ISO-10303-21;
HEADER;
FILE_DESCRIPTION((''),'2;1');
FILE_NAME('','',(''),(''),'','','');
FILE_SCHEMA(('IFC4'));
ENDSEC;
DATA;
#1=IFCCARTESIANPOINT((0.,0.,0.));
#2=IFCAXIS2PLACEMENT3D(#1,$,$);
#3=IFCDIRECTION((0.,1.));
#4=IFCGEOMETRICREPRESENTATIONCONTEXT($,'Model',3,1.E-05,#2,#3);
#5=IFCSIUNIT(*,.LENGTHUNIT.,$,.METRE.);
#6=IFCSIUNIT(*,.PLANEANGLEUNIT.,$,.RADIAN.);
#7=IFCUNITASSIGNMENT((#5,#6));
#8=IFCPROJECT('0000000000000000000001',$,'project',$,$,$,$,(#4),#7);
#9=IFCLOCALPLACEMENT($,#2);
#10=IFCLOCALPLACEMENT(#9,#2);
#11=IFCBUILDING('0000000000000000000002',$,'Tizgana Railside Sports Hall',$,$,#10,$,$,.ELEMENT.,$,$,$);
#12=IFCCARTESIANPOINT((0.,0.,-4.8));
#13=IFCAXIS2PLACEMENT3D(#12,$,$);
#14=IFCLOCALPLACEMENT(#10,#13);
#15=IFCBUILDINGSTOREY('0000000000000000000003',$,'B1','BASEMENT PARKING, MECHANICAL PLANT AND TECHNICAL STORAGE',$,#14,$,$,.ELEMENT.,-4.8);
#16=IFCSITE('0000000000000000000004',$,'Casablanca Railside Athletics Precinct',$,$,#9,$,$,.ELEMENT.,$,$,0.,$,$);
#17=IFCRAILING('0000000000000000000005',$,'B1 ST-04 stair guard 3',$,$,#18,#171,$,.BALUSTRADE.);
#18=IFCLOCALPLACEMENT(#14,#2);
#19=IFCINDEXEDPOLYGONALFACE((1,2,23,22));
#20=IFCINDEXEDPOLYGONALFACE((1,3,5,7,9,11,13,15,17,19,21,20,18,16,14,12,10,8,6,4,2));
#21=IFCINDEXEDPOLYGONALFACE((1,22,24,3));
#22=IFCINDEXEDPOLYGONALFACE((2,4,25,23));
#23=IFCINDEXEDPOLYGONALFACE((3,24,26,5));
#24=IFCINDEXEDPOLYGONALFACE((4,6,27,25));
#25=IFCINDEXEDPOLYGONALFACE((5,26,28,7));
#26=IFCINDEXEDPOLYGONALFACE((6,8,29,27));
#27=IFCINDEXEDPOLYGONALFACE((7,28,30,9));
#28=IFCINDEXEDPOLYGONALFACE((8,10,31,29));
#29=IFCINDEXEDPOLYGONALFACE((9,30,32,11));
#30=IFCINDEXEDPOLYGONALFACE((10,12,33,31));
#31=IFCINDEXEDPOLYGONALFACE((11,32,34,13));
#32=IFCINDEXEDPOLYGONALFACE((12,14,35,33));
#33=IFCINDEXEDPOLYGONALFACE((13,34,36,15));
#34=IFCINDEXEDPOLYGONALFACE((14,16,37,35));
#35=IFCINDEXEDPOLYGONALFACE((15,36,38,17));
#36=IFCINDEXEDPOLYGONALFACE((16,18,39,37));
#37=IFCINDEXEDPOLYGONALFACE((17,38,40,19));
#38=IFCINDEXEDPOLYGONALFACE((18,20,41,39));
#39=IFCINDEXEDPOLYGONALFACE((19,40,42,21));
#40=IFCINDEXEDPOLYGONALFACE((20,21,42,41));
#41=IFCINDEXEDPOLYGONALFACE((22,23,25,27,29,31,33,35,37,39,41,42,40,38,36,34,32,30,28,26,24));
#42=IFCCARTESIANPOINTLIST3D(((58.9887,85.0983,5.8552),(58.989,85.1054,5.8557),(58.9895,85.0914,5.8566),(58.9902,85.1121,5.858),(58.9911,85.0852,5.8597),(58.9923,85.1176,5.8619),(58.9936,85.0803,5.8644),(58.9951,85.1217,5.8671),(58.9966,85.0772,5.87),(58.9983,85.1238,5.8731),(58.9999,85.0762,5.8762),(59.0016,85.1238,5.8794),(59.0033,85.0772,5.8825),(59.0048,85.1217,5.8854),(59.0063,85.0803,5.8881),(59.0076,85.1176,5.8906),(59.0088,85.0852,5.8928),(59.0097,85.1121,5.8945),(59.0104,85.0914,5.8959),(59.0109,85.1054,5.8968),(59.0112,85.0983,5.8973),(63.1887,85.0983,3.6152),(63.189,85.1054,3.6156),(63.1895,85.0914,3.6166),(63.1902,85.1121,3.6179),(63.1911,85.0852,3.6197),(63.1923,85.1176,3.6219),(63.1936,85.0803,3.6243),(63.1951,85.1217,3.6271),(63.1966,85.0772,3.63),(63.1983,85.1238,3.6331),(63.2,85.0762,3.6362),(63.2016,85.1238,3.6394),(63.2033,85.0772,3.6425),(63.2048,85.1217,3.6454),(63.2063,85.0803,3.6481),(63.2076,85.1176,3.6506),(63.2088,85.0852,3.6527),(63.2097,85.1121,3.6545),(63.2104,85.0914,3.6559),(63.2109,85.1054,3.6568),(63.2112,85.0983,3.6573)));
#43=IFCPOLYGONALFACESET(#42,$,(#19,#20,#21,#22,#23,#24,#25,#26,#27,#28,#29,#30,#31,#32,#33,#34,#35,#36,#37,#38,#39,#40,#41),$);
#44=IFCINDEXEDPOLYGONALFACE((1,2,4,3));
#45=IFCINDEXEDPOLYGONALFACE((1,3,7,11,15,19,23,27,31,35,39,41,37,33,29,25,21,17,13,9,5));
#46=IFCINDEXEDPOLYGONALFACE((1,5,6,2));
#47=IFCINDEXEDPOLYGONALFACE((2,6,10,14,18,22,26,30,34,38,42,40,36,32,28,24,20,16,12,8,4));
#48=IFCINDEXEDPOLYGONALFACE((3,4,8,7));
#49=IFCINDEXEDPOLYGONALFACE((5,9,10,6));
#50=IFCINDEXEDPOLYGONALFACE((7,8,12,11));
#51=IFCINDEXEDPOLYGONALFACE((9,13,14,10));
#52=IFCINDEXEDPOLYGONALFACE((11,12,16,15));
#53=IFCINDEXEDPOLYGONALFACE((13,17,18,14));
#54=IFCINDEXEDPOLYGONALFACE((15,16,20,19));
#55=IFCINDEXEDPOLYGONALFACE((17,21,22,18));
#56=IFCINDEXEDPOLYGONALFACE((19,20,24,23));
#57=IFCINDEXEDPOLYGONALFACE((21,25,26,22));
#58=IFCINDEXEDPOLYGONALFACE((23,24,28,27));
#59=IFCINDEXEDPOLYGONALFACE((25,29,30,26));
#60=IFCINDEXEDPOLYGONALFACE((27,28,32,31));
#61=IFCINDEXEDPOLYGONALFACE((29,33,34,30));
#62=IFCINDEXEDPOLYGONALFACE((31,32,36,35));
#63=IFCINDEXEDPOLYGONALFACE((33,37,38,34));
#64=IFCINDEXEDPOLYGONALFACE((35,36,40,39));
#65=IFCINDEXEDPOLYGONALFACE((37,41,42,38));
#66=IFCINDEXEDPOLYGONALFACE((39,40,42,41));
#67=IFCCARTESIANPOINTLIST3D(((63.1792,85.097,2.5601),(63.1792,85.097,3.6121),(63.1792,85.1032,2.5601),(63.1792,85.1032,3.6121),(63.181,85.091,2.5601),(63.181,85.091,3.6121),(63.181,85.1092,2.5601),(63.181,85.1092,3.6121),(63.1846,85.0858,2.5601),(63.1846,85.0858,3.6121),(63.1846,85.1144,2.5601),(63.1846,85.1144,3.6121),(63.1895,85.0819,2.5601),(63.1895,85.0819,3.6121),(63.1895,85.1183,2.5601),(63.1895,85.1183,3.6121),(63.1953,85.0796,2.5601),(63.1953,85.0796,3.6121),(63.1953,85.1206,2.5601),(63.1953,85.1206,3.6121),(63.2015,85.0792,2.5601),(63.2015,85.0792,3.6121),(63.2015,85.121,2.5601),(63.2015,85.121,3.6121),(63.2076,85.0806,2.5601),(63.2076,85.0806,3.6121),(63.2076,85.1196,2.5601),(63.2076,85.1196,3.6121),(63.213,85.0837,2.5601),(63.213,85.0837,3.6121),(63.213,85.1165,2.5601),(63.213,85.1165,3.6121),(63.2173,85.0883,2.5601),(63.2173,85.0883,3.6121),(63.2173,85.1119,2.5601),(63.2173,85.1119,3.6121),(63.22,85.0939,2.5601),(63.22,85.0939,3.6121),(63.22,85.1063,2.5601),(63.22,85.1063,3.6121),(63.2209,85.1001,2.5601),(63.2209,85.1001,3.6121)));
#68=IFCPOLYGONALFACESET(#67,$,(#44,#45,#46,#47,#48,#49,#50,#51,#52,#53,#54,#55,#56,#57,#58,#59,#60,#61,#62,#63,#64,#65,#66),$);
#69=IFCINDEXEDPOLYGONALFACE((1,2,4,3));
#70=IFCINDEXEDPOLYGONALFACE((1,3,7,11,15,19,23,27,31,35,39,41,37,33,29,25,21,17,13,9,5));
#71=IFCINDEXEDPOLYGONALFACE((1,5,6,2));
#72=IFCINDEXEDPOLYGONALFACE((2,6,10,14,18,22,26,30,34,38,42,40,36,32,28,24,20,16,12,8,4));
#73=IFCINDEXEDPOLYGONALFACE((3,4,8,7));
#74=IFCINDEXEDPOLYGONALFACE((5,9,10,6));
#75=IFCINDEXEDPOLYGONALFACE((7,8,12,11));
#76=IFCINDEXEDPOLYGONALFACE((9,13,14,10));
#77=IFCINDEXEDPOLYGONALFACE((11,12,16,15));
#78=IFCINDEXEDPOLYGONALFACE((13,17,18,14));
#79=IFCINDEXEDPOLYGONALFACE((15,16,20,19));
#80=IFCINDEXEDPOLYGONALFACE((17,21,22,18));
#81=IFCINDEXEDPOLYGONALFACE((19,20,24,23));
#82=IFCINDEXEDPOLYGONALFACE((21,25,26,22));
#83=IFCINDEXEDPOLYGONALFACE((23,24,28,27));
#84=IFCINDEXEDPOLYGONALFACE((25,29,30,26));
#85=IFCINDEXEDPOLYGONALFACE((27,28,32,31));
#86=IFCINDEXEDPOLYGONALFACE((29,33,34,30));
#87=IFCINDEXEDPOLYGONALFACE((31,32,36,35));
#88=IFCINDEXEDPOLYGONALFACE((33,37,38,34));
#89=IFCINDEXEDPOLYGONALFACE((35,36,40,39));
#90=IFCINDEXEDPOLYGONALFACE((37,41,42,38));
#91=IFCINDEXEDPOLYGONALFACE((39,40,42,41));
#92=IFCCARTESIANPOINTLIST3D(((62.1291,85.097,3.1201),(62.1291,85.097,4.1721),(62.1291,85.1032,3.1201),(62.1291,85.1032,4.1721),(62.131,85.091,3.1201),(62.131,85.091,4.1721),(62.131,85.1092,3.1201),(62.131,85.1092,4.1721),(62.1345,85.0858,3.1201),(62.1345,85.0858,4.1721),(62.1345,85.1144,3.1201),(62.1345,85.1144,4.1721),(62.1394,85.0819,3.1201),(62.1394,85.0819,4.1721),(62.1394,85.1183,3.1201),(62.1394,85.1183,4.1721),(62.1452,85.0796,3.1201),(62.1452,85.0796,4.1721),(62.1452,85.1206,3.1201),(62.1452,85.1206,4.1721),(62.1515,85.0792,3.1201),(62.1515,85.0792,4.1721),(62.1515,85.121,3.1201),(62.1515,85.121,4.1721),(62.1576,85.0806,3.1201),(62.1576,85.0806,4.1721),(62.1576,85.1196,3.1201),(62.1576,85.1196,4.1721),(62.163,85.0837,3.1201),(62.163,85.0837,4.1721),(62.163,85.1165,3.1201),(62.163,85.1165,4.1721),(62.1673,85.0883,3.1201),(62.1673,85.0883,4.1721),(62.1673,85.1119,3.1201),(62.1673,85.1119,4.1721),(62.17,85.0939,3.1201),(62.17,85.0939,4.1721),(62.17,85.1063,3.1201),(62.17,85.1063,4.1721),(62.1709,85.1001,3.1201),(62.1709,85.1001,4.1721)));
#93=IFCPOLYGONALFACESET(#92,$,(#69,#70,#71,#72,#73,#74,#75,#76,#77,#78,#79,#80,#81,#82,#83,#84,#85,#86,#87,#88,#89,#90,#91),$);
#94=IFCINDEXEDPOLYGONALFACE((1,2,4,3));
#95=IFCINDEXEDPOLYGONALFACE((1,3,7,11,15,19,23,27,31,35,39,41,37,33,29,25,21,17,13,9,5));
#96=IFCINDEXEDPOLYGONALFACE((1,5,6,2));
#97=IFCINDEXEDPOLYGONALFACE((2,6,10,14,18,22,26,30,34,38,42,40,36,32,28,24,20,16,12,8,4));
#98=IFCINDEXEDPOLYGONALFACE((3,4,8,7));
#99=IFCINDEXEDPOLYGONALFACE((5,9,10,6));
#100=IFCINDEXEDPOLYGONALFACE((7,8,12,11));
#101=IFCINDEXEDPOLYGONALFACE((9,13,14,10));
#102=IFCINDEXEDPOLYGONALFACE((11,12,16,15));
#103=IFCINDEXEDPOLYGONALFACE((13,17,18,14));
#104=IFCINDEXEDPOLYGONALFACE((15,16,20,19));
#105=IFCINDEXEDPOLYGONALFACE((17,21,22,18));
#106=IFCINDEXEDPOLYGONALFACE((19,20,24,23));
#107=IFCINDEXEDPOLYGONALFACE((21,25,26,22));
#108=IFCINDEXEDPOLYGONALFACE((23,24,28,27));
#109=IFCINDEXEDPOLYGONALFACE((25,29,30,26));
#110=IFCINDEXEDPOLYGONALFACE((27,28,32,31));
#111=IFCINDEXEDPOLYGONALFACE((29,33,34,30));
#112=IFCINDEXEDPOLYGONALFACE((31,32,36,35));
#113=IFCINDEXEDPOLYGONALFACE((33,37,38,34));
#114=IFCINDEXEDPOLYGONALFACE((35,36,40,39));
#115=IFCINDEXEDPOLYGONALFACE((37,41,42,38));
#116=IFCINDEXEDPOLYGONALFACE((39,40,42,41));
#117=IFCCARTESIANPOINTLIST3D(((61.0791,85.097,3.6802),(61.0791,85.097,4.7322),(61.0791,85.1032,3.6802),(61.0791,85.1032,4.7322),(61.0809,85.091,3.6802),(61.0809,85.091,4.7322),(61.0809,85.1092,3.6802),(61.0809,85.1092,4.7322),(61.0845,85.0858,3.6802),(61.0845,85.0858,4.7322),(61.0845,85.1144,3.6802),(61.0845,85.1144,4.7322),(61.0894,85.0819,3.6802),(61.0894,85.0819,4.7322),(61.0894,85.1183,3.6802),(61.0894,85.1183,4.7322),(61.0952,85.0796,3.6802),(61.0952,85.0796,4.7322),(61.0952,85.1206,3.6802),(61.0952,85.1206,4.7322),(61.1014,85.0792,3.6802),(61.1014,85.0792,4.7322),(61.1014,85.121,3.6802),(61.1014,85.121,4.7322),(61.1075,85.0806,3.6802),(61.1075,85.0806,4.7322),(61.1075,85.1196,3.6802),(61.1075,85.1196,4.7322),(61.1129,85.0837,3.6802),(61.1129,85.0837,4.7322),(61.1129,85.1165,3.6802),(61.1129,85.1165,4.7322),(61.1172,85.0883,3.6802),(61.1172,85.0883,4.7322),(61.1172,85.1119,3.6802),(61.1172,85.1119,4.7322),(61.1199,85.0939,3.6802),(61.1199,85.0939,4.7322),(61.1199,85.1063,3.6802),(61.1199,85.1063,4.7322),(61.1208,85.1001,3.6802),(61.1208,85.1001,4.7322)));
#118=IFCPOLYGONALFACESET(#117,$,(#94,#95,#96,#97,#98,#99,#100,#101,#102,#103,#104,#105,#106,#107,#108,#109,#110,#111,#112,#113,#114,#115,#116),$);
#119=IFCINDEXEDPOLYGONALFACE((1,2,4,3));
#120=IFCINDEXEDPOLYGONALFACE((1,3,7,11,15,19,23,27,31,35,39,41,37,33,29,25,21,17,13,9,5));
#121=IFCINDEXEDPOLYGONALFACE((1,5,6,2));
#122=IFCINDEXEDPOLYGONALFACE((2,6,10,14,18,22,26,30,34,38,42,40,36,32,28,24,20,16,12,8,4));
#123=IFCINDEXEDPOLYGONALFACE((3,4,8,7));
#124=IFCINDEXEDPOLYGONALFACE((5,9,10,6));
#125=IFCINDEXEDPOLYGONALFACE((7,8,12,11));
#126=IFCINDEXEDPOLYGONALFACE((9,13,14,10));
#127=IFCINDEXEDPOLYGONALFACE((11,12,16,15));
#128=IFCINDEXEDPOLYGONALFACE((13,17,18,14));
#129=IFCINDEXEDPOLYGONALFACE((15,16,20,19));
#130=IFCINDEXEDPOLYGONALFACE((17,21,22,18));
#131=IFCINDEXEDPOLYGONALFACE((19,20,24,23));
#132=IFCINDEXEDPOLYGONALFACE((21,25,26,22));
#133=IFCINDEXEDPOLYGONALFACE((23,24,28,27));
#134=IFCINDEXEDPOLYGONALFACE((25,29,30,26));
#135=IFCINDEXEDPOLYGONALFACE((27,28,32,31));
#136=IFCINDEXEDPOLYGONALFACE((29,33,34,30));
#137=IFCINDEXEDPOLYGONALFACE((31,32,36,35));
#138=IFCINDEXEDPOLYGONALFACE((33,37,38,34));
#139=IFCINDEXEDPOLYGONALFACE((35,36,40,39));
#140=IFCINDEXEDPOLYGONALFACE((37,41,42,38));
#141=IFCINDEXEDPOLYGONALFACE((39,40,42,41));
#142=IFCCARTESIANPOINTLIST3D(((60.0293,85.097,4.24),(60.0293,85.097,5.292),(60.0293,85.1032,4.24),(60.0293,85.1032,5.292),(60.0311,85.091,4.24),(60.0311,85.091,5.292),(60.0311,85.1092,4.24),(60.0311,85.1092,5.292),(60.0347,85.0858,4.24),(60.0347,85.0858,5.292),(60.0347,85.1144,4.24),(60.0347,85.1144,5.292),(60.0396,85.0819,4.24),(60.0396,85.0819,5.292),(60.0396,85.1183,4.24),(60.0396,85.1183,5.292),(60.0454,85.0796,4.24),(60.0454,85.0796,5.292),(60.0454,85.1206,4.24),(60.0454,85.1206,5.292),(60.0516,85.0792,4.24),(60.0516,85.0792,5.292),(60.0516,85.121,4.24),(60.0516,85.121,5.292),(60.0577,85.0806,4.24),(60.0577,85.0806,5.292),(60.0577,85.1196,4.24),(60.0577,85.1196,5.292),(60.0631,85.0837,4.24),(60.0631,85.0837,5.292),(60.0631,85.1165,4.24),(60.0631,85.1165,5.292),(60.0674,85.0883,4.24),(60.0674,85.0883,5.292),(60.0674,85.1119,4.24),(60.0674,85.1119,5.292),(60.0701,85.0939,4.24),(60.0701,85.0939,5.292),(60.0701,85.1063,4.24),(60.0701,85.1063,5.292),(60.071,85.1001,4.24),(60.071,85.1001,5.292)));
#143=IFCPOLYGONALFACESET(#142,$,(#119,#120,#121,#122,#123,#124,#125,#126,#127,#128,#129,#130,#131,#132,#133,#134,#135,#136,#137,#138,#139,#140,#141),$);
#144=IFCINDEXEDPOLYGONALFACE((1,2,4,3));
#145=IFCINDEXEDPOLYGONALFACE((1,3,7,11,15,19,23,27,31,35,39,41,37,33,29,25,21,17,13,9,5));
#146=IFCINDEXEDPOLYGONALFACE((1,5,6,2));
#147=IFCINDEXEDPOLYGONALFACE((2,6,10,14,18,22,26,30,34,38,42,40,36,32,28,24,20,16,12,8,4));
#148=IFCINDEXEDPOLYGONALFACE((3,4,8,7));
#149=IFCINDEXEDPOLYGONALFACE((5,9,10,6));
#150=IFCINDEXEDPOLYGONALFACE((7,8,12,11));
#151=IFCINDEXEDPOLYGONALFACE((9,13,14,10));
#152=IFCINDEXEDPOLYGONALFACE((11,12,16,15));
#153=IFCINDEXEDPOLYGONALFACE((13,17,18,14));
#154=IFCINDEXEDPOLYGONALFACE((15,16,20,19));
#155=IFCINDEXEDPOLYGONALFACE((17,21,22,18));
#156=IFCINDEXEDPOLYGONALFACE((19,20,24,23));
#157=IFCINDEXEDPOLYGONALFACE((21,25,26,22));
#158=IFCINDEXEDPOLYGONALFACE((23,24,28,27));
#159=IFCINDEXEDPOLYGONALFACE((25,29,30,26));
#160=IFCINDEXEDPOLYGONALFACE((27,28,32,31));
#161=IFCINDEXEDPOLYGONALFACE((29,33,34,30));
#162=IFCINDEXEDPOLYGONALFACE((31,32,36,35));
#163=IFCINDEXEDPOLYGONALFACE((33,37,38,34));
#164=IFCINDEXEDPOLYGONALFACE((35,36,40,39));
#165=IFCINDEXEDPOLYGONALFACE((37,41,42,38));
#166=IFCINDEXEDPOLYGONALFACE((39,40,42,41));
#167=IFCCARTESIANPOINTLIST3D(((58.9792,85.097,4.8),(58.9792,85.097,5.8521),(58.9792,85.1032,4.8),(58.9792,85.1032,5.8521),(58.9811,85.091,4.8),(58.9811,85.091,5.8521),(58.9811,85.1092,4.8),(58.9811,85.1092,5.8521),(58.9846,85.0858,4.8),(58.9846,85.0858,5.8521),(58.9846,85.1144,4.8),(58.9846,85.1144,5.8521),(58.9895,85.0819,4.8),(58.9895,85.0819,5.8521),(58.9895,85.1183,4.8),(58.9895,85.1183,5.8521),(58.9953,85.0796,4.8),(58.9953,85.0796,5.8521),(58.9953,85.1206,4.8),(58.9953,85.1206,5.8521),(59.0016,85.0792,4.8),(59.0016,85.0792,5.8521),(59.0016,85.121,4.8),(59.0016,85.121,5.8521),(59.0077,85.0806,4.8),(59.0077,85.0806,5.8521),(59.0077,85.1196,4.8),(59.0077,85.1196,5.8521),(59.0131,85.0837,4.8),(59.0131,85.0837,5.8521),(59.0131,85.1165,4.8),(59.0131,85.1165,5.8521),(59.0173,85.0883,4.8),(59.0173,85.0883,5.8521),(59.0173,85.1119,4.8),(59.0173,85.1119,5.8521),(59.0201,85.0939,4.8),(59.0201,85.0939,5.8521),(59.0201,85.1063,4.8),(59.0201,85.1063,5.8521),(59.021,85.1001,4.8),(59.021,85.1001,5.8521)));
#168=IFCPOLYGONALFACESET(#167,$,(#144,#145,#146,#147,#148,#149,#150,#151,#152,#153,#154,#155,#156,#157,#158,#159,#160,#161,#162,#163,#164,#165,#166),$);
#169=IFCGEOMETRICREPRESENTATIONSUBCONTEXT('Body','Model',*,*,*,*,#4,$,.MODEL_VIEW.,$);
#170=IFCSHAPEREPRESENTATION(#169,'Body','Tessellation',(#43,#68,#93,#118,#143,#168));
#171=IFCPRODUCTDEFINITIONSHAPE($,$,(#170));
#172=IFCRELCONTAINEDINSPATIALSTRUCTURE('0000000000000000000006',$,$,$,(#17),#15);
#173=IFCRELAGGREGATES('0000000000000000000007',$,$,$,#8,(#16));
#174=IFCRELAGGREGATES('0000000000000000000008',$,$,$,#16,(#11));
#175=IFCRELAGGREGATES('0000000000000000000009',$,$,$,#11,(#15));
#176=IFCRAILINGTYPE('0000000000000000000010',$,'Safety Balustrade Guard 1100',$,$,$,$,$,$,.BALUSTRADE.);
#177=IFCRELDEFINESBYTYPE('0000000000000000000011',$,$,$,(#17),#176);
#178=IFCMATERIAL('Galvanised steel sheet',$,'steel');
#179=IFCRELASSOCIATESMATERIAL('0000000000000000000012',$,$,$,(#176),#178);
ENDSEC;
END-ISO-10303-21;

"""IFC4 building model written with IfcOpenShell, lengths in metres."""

from ifc_helpers import new_model, si_unit, direction, frame, origin, origin_2d, place, context, subcontext, project, spatial, circle, extrude, material, type_object, element, save


model = new_model("IFC4")

# Units and contexts
model_context = context("Model", 3, precision=1e-05, world=origin(), true_north=direction((0.0, 1.0)))
body_context = subcontext(model_context, "Body", "Model", "MODEL_VIEW")
ifc_project = project(units=[si_unit("LENGTHUNIT", "METRE"), si_unit("PLANEANGLEUNIT", "RADIAN")], contexts=[model_context])

# Site, building, storey
site_placement = place(None, origin())
site = spatial("IfcSite", under=ifc_project, at=site_placement, Name="Casablanca Railside Athletics Precinct", CompositionType="ELEMENT", RefElevation=0.0)
building_placement = place(site_placement, origin())
building = spatial("IfcBuilding", under=site, at=building_placement, Name="Tizgana Railside Sports Hall", CompositionType="ELEMENT")
storey_placement = place(building_placement, frame((0.0, 0.0, -4.8)))
storey = spatial("IfcBuildingStorey", under=building, at=storey_placement, Name="B1", Description="BASEMENT PARKING, MECHANICAL PLANT AND TECHNICAL STORAGE", CompositionType="ELEMENT", Elevation=-4.8)

# Railing
ifc_material_1 = material(Name="Galvanised steel sheet", Category="steel")
railing_type_1 = type_object("IfcRailingType", Name="Safety Balustrade Guard 1100", PredefinedType="BALUSTRADE", material=ifc_material_1)
railing_1_placement = place(storey_placement, frame((63.2, 85.1001, 2.5601)))
element("IfcRailing", 1, at=railing_1_placement, inside=storey, type_object=railing_type_1, Name="B1 ST-04 stair guard 3", PredefinedType="BALUSTRADE", context=body_context, shape_type="SweptSolid", body=[
    extrude(circle(Radius=0.0239, at=origin_2d()), frame((0.0, 0.0, 1.0762), z_axis=(-0.882352, 0.0, 0.470591), x_axis=(0.0, -1.0, 0.0)), (0.0, 0.0, 1.0), 4.76),
    extrude(circle(Radius=0.021, at=origin_2d()), origin(), (0.0, 0.0, 1.0), 1.052),
    extrude(circle(Radius=0.021, at=origin_2d()), frame((-1.05, 0.0, 0.5601)), (0.0, 0.0, 1.0), 1.052),
    extrude(circle(Radius=0.021, at=origin_2d()), frame((-2.1001, 0.0, 1.1201)), (0.0, 0.0, 1.0), 1.052),
    extrude(circle(Radius=0.021, at=origin_2d()), frame((-3.1499, 0.0, 1.6799)), (0.0, 0.0, 1.0), 1.052),
    extrude(circle(Radius=0.021, at=origin_2d()), frame((-4.2, 0.0, 2.24)), (0.0, 0.0, 1.0), 1.052),
])

save(model, "model.ifc")
